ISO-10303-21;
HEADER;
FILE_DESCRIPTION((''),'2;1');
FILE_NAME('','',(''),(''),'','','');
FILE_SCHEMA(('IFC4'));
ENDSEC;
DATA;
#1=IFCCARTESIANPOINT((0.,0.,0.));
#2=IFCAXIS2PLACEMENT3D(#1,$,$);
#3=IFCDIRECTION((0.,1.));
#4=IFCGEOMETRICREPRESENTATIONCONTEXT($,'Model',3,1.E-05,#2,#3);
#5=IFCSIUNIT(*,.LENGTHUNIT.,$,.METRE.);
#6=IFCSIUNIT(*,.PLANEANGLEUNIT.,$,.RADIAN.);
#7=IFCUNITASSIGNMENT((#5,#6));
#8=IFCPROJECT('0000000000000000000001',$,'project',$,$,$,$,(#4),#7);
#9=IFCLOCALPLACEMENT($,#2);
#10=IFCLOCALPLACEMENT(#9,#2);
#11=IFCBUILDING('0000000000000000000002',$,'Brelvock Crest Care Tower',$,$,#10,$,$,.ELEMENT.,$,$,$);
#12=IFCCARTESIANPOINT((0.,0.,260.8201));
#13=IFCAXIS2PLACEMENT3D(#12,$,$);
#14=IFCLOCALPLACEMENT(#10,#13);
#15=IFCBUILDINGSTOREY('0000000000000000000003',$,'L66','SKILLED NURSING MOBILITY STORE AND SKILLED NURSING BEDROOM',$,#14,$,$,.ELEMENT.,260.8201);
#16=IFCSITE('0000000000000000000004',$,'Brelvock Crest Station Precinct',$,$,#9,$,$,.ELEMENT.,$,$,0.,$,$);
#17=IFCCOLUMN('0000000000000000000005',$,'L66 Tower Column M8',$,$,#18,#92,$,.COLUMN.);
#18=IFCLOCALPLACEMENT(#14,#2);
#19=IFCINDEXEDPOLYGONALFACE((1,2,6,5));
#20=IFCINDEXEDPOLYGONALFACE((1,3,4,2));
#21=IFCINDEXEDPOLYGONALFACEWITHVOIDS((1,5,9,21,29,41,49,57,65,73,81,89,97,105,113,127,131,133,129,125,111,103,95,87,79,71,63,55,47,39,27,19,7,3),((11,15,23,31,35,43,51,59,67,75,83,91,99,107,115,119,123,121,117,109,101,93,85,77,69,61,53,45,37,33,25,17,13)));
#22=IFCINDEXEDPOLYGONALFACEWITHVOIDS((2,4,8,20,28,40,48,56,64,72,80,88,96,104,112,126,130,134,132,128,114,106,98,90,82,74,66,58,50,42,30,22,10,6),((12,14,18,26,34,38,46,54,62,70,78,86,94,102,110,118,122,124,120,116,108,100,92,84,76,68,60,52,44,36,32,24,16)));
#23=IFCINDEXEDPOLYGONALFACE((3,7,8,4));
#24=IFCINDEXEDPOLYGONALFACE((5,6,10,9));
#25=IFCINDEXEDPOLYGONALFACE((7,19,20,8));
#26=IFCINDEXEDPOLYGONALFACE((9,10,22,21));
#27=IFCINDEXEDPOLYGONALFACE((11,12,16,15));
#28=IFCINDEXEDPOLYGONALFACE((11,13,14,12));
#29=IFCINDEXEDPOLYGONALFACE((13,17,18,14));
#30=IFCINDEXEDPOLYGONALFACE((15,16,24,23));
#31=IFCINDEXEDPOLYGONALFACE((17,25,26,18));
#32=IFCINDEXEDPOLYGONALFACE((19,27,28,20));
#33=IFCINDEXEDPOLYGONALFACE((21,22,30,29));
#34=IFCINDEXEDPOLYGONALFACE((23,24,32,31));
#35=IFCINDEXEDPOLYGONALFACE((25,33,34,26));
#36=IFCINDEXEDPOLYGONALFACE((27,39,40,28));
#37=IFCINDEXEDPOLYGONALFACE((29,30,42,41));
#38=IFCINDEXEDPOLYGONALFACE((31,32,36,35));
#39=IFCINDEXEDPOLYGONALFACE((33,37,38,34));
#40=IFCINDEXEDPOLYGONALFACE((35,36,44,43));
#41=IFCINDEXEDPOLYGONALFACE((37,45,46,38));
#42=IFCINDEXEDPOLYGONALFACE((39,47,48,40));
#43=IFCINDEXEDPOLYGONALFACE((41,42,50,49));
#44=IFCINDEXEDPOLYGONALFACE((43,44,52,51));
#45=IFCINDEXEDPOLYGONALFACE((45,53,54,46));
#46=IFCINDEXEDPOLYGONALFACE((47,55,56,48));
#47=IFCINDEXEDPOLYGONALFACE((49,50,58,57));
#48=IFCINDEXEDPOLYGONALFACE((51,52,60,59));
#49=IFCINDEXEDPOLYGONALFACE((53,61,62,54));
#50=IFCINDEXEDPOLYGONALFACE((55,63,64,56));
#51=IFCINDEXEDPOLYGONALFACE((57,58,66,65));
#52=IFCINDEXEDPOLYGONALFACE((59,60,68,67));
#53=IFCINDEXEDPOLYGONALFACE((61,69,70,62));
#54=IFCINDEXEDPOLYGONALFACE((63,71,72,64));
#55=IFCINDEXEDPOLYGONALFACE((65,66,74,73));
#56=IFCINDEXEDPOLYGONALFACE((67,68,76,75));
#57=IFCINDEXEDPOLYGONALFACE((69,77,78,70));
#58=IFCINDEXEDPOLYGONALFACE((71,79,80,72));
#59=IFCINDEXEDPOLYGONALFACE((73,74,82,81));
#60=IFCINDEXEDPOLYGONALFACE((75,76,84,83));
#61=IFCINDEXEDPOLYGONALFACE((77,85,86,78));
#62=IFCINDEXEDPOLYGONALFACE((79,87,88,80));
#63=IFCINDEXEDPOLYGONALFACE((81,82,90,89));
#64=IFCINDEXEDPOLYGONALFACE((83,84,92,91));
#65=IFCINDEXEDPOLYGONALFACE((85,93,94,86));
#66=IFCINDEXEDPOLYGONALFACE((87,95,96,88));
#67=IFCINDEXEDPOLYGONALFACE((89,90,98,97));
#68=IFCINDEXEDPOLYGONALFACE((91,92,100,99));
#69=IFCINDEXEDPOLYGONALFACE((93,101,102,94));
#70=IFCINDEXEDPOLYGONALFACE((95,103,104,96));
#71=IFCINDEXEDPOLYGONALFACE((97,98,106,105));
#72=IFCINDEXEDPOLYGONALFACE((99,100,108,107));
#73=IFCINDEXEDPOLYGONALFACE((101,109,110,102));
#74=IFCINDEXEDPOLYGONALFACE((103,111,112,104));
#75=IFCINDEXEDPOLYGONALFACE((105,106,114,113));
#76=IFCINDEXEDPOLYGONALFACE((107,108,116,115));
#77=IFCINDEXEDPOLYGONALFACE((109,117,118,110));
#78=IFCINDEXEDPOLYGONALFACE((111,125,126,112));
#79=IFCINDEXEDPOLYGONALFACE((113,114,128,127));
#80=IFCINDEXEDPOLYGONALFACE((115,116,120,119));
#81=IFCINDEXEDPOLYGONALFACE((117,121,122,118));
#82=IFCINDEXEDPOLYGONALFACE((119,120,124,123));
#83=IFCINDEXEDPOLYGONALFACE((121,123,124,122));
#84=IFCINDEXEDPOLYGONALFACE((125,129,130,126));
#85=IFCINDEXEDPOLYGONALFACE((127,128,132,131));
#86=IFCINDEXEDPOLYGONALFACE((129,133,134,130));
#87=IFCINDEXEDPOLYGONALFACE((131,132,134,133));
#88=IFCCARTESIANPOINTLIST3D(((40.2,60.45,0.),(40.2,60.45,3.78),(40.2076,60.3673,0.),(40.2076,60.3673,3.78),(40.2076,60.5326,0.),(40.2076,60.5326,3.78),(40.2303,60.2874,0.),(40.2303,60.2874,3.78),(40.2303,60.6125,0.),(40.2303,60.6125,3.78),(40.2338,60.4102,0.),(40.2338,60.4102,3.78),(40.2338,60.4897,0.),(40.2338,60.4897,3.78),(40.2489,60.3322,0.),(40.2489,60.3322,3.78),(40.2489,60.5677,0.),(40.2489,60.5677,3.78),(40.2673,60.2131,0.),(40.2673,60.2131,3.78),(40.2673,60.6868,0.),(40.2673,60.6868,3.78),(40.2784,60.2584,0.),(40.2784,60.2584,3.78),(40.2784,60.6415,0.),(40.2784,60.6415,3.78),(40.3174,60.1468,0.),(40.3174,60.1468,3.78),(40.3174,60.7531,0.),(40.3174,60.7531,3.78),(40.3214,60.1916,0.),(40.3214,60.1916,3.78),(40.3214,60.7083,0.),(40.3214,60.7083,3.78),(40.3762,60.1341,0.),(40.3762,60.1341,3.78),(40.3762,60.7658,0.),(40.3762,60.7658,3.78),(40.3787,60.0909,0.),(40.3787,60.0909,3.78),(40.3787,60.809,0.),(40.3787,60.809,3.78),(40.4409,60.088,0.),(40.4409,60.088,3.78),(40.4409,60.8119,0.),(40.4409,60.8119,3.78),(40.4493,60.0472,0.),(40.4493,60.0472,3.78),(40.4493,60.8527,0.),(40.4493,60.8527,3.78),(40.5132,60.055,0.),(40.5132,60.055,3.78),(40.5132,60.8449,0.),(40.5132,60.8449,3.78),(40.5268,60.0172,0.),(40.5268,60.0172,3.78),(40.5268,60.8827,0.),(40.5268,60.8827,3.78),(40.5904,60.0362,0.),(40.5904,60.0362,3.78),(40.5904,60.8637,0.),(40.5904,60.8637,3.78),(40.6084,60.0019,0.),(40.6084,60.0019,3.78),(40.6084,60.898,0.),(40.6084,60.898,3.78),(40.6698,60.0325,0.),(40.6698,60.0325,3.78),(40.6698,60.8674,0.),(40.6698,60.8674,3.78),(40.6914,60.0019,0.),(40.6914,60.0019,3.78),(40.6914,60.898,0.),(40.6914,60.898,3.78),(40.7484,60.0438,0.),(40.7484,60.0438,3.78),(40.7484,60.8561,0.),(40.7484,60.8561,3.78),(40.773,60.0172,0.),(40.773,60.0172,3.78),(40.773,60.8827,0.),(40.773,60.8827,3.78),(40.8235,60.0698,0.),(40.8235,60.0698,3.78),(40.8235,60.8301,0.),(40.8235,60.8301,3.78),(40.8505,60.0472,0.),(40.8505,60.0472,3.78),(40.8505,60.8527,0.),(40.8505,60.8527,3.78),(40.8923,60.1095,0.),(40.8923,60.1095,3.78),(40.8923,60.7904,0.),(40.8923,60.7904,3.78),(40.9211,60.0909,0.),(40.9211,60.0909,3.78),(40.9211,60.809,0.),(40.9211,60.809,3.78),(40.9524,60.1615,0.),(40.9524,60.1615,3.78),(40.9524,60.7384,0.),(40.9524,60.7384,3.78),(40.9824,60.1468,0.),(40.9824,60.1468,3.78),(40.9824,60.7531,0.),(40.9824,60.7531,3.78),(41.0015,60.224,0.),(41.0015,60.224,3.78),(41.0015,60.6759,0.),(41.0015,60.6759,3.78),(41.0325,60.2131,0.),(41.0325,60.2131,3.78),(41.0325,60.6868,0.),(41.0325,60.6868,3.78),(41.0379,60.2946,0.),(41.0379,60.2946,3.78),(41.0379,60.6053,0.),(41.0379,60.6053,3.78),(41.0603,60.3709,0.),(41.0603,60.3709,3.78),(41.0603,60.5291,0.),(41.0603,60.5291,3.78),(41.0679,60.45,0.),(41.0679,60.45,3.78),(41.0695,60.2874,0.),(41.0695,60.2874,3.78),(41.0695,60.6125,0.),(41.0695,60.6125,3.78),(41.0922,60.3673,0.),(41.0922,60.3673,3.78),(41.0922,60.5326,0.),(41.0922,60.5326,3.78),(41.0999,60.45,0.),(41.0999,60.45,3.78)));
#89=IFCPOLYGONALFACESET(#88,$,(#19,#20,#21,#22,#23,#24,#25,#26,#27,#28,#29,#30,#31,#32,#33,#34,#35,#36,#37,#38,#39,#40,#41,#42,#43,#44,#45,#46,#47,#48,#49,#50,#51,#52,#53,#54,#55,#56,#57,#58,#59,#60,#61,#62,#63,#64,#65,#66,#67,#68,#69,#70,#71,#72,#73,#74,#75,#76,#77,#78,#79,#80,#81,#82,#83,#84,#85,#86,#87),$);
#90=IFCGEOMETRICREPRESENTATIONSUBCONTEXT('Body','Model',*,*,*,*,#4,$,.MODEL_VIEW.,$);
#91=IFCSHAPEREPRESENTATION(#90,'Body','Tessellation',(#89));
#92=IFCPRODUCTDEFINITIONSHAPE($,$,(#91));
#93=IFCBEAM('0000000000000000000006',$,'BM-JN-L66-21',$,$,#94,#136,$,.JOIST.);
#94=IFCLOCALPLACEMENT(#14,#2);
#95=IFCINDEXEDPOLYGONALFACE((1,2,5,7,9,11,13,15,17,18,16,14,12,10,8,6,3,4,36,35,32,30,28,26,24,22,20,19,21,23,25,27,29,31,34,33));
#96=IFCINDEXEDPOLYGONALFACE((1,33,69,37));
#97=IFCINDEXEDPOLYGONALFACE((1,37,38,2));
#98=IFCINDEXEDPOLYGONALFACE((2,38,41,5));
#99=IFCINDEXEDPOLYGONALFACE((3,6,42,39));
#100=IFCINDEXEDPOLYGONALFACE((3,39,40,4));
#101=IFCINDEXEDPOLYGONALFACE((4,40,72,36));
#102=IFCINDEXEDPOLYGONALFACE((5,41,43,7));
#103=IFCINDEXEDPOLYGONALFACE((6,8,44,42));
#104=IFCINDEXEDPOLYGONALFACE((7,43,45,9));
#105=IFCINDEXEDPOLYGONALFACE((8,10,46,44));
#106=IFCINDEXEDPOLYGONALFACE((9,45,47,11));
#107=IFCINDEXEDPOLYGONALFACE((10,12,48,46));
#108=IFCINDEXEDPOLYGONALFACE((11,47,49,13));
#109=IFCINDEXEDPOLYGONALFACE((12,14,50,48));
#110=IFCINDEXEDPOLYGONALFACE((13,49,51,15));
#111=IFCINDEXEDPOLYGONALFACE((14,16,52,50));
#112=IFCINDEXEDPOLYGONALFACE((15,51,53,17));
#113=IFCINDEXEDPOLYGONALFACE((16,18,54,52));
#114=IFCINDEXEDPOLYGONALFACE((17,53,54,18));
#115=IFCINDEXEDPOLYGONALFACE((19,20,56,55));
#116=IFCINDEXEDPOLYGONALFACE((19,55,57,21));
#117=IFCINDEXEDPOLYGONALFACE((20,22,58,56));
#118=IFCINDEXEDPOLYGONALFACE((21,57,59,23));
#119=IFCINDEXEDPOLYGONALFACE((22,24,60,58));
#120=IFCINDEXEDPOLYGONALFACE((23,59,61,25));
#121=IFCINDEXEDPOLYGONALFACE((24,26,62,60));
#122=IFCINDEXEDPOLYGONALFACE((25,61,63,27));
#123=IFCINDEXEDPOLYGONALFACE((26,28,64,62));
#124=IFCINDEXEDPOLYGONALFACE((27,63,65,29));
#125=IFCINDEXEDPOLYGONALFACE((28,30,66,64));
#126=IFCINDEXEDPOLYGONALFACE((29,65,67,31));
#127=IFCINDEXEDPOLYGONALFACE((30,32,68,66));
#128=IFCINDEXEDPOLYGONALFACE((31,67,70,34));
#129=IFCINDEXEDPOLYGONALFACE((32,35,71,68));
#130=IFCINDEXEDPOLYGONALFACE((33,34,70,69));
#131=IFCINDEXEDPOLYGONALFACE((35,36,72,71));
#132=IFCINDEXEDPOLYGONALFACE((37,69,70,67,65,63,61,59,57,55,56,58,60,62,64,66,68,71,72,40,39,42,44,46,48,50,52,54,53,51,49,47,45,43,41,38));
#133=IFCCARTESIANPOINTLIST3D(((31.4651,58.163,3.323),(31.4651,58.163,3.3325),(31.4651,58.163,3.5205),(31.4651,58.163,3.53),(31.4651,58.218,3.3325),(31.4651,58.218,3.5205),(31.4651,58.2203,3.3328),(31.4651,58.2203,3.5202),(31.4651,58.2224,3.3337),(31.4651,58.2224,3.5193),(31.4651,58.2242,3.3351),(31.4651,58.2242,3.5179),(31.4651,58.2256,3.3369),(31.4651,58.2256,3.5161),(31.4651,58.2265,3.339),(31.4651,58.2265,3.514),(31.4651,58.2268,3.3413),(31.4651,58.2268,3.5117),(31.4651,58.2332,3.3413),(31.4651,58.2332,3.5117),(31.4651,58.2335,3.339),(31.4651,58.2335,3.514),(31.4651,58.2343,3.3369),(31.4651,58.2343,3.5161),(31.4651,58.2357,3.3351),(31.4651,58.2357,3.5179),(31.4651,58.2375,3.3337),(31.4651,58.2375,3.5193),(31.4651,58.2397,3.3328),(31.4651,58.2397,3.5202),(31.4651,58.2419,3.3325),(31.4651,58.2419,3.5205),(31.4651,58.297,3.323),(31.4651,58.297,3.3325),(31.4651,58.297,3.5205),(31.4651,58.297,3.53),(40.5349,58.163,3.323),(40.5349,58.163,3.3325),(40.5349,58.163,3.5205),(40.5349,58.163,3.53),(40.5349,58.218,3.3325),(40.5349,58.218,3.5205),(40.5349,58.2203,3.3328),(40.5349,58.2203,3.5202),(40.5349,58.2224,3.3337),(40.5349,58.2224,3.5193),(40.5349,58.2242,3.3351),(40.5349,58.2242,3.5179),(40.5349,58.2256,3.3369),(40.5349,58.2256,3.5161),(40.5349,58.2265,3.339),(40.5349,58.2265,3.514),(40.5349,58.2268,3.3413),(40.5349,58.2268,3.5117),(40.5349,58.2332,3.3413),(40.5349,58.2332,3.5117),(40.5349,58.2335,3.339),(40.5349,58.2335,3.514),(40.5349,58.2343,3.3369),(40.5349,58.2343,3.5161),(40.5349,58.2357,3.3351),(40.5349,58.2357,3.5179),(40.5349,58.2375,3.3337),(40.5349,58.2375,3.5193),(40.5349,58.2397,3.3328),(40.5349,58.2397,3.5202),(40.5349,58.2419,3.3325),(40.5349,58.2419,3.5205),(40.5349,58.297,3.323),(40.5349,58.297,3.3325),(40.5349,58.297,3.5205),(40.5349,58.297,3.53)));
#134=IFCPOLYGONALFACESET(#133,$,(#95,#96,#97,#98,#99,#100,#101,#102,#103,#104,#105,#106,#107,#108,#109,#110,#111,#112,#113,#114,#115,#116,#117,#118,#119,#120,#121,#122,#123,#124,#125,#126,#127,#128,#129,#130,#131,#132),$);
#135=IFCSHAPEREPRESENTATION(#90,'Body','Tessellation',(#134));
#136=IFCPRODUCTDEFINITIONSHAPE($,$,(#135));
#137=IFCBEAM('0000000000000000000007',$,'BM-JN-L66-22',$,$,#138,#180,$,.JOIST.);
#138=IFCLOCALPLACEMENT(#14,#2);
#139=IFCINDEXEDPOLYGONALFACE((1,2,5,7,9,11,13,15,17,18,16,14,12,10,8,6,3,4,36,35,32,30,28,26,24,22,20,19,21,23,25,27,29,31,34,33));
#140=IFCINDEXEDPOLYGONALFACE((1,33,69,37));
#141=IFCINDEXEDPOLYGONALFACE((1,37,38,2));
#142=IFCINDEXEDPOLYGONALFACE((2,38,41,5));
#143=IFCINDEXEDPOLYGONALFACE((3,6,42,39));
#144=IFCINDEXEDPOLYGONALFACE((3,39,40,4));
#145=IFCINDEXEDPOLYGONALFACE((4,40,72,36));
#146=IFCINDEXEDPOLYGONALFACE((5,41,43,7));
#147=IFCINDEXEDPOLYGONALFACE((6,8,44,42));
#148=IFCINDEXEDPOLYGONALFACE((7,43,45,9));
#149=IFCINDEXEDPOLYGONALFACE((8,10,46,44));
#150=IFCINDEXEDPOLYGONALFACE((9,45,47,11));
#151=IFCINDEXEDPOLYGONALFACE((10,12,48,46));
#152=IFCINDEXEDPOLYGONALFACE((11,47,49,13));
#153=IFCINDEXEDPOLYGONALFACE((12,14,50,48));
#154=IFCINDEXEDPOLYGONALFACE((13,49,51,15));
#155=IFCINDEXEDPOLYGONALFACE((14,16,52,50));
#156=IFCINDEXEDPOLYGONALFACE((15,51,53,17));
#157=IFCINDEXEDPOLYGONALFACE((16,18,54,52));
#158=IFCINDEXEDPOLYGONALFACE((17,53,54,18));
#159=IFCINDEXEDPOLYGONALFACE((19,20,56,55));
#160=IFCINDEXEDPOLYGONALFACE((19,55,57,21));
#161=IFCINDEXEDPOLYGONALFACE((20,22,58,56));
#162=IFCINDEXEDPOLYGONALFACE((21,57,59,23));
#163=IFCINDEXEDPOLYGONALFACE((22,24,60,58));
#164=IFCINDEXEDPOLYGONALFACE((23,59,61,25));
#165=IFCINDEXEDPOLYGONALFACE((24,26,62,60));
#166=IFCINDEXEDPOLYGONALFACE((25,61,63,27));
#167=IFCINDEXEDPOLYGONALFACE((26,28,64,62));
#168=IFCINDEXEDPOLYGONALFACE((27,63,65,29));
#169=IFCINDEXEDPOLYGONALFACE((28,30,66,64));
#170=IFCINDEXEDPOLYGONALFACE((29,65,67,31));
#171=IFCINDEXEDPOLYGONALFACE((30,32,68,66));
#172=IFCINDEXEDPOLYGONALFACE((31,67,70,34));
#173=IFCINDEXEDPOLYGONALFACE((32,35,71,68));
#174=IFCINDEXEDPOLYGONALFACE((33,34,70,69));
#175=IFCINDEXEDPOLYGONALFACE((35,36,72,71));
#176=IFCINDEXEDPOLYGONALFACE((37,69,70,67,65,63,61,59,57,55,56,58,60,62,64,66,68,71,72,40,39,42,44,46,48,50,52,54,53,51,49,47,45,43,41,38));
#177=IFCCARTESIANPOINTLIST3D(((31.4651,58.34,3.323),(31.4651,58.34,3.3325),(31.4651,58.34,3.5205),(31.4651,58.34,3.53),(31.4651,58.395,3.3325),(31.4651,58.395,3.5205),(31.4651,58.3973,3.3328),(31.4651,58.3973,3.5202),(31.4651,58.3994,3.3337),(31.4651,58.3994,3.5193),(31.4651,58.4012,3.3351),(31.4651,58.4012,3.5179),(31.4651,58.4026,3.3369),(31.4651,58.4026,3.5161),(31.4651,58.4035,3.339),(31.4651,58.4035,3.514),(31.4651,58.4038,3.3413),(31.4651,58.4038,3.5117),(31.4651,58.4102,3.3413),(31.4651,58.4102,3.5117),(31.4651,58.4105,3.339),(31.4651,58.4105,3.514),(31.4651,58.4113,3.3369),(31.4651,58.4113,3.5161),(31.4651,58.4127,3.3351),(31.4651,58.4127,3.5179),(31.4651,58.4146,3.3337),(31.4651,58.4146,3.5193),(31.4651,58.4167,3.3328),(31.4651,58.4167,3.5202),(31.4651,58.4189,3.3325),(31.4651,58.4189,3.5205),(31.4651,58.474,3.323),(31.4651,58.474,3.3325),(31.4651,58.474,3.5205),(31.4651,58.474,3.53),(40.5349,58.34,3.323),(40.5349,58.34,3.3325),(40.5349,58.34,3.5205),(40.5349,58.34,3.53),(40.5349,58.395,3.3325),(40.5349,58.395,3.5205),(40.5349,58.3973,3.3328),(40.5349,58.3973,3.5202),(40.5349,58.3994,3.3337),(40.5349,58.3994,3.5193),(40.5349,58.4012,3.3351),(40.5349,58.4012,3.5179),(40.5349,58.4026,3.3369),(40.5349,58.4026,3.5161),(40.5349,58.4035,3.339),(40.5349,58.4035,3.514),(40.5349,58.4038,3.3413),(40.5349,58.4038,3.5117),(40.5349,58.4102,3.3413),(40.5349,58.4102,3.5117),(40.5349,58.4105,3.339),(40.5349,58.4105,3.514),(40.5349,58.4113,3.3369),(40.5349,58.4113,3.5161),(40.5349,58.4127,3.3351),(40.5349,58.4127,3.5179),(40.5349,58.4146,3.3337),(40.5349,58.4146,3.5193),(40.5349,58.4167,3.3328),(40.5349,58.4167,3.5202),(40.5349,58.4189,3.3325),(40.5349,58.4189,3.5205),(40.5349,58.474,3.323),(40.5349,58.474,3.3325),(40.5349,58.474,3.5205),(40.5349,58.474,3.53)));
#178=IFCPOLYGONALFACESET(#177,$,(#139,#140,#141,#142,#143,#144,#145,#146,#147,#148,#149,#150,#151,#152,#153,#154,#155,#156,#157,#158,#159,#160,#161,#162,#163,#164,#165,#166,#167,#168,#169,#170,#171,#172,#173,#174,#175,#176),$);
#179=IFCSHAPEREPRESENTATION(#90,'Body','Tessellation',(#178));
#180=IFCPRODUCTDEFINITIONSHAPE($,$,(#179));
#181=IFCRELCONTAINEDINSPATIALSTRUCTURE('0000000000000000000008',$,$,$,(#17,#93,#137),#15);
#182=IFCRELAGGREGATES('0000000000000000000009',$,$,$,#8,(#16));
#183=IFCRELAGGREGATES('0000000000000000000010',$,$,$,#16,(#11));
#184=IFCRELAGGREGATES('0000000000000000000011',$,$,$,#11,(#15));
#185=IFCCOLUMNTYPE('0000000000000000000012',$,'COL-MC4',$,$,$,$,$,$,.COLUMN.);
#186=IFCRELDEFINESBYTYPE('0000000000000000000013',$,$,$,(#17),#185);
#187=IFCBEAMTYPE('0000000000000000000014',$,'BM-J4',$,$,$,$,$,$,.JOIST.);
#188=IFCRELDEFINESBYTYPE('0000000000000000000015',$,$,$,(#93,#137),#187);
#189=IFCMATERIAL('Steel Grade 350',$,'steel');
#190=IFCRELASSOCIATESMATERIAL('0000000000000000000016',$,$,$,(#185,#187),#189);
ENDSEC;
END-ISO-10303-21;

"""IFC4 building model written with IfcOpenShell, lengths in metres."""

from ifc_helpers import new_model, si_unit, direction, frame, origin, origin_2d, place, context, subcontext, project, spatial, hollow_circle, i_section, extrude, source, transform, mapped, material, material_profile, profile_set, type_object, element, save


model = new_model("IFC4")

# Units and contexts
model_context = context("Model", 3, precision=1e-05, world=origin(), true_north=direction((0.0, 1.0)))
body_context = subcontext(model_context, "Body", "Model", "MODEL_VIEW")
ifc_project = project(units=[si_unit("LENGTHUNIT", "METRE"), si_unit("PLANEANGLEUNIT", "RADIAN")], contexts=[model_context])

# Site, building, storey
site_placement = place(None, origin())
site = spatial("IfcSite", under=ifc_project, at=site_placement, Name="Brelvock Crest Station Precinct", CompositionType="ELEMENT", RefElevation=0.0)
building_placement = place(site_placement, origin())
building = spatial("IfcBuilding", under=site, at=building_placement, Name="Brelvock Crest Care Tower", CompositionType="ELEMENT")
storey_placement = place(building_placement, frame((0.0, 0.0, 260.8201)))
storey = spatial("IfcBuildingStorey", under=building, at=storey_placement, Name="L66", Description="SKILLED NURSING MOBILITY STORE AND SKILLED NURSING BEDROOM", CompositionType="ELEMENT", Elevation=260.8201)

# Column
ifc_material_1 = material(Name="Steel Grade 350", Category="steel")
ifc_material_profile_1 = material_profile(ifc_material_1, hollow_circle(Radius=0.45, WallThickness=0.032, at=origin_2d()), Name="CFT900x32")
ifc_profile_set_1 = profile_set([ifc_material_profile_1], Name="Steel Grade 350")
column_type = type_object("IfcColumnType", Name="COL-MC4", PredefinedType="COLUMN", material=ifc_profile_set_1)
shared_shape_1 = source(origin(), body_context, "Body", "SweptSolid", [
    extrude(hollow_circle(Radius=0.45, WallThickness=0.032, at=origin_2d()), origin(), (0.0, 0.0, 1.0), 3.78),
])
column_placement = place(storey_placement, frame((40.6499, 60.45, 0.0), z_axis=(0.0, 0.0, 1.0), x_axis=(1.0, 0.0, 0.0)))
element("IfcColumn", 1, at=column_placement, inside=storey, type_object=column_type, Name="L66 Tower Column M8", PredefinedType="COLUMN", context=body_context, shape_type="MappedRepresentation", body=[
    mapped(shared_shape_1, transform((0.0, 0.0, 0.0), x_axis=(1.0, 0.0, 0.0), y_axis=(0.0, 1.0, 0.0), z_axis=(0.0, 0.0, 1.0), scale=1.0)),
])

# Beams
ifc_material_profile_2 = material_profile(ifc_material_1, i_section(OverallWidth=0.134, OverallDepth=0.207, WebThickness=0.0063, FlangeThickness=0.0095, FilletRadius=0.0088, at=origin_2d()), Name="200UB29.8")
ifc_profile_set_2 = profile_set([ifc_material_profile_2], Name="Steel Grade 350")
beam_type_1 = type_object("IfcBeamType", Name="BM-J4", PredefinedType="JOIST", material=ifc_profile_set_2)
shared_shape_2 = source(origin(), body_context, "Body", "SweptSolid", [
    extrude(i_section(OverallWidth=0.134, OverallDepth=0.207, WebThickness=0.0063, FlangeThickness=0.0095, FilletRadius=0.0088, at=origin_2d()), origin(), (0.0, 0.0, 1.0), 9.0698),
])
for number, where, z_axis, x_axis, name in (
    (2, (31.4651, 58.23, 3.4265), (1.0, 0.0, 0.0), (0.0, 1.0, 0.0), "BM-JN-L66-21"),
    (3, (31.4651, 58.407, 3.4265), (1.0, 0.0, 0.0), (0.0, 1.0, 0.0), "BM-JN-L66-22"),
):
    element("IfcBeam", number, at=place(storey_placement, frame(where, z_axis=z_axis, x_axis=x_axis)), inside=storey, type_object=beam_type_1, Name=name, PredefinedType="JOIST", context=body_context, shape_type="MappedRepresentation", body=[
        mapped(shared_shape_2, transform((0.0, 0.0, 0.0), x_axis=(1.0, 0.0, 0.0), y_axis=(0.0, 1.0, 0.0), z_axis=(0.0, 0.0, 1.0), scale=1.0)),
    ])

save(model, "model.ifc")
